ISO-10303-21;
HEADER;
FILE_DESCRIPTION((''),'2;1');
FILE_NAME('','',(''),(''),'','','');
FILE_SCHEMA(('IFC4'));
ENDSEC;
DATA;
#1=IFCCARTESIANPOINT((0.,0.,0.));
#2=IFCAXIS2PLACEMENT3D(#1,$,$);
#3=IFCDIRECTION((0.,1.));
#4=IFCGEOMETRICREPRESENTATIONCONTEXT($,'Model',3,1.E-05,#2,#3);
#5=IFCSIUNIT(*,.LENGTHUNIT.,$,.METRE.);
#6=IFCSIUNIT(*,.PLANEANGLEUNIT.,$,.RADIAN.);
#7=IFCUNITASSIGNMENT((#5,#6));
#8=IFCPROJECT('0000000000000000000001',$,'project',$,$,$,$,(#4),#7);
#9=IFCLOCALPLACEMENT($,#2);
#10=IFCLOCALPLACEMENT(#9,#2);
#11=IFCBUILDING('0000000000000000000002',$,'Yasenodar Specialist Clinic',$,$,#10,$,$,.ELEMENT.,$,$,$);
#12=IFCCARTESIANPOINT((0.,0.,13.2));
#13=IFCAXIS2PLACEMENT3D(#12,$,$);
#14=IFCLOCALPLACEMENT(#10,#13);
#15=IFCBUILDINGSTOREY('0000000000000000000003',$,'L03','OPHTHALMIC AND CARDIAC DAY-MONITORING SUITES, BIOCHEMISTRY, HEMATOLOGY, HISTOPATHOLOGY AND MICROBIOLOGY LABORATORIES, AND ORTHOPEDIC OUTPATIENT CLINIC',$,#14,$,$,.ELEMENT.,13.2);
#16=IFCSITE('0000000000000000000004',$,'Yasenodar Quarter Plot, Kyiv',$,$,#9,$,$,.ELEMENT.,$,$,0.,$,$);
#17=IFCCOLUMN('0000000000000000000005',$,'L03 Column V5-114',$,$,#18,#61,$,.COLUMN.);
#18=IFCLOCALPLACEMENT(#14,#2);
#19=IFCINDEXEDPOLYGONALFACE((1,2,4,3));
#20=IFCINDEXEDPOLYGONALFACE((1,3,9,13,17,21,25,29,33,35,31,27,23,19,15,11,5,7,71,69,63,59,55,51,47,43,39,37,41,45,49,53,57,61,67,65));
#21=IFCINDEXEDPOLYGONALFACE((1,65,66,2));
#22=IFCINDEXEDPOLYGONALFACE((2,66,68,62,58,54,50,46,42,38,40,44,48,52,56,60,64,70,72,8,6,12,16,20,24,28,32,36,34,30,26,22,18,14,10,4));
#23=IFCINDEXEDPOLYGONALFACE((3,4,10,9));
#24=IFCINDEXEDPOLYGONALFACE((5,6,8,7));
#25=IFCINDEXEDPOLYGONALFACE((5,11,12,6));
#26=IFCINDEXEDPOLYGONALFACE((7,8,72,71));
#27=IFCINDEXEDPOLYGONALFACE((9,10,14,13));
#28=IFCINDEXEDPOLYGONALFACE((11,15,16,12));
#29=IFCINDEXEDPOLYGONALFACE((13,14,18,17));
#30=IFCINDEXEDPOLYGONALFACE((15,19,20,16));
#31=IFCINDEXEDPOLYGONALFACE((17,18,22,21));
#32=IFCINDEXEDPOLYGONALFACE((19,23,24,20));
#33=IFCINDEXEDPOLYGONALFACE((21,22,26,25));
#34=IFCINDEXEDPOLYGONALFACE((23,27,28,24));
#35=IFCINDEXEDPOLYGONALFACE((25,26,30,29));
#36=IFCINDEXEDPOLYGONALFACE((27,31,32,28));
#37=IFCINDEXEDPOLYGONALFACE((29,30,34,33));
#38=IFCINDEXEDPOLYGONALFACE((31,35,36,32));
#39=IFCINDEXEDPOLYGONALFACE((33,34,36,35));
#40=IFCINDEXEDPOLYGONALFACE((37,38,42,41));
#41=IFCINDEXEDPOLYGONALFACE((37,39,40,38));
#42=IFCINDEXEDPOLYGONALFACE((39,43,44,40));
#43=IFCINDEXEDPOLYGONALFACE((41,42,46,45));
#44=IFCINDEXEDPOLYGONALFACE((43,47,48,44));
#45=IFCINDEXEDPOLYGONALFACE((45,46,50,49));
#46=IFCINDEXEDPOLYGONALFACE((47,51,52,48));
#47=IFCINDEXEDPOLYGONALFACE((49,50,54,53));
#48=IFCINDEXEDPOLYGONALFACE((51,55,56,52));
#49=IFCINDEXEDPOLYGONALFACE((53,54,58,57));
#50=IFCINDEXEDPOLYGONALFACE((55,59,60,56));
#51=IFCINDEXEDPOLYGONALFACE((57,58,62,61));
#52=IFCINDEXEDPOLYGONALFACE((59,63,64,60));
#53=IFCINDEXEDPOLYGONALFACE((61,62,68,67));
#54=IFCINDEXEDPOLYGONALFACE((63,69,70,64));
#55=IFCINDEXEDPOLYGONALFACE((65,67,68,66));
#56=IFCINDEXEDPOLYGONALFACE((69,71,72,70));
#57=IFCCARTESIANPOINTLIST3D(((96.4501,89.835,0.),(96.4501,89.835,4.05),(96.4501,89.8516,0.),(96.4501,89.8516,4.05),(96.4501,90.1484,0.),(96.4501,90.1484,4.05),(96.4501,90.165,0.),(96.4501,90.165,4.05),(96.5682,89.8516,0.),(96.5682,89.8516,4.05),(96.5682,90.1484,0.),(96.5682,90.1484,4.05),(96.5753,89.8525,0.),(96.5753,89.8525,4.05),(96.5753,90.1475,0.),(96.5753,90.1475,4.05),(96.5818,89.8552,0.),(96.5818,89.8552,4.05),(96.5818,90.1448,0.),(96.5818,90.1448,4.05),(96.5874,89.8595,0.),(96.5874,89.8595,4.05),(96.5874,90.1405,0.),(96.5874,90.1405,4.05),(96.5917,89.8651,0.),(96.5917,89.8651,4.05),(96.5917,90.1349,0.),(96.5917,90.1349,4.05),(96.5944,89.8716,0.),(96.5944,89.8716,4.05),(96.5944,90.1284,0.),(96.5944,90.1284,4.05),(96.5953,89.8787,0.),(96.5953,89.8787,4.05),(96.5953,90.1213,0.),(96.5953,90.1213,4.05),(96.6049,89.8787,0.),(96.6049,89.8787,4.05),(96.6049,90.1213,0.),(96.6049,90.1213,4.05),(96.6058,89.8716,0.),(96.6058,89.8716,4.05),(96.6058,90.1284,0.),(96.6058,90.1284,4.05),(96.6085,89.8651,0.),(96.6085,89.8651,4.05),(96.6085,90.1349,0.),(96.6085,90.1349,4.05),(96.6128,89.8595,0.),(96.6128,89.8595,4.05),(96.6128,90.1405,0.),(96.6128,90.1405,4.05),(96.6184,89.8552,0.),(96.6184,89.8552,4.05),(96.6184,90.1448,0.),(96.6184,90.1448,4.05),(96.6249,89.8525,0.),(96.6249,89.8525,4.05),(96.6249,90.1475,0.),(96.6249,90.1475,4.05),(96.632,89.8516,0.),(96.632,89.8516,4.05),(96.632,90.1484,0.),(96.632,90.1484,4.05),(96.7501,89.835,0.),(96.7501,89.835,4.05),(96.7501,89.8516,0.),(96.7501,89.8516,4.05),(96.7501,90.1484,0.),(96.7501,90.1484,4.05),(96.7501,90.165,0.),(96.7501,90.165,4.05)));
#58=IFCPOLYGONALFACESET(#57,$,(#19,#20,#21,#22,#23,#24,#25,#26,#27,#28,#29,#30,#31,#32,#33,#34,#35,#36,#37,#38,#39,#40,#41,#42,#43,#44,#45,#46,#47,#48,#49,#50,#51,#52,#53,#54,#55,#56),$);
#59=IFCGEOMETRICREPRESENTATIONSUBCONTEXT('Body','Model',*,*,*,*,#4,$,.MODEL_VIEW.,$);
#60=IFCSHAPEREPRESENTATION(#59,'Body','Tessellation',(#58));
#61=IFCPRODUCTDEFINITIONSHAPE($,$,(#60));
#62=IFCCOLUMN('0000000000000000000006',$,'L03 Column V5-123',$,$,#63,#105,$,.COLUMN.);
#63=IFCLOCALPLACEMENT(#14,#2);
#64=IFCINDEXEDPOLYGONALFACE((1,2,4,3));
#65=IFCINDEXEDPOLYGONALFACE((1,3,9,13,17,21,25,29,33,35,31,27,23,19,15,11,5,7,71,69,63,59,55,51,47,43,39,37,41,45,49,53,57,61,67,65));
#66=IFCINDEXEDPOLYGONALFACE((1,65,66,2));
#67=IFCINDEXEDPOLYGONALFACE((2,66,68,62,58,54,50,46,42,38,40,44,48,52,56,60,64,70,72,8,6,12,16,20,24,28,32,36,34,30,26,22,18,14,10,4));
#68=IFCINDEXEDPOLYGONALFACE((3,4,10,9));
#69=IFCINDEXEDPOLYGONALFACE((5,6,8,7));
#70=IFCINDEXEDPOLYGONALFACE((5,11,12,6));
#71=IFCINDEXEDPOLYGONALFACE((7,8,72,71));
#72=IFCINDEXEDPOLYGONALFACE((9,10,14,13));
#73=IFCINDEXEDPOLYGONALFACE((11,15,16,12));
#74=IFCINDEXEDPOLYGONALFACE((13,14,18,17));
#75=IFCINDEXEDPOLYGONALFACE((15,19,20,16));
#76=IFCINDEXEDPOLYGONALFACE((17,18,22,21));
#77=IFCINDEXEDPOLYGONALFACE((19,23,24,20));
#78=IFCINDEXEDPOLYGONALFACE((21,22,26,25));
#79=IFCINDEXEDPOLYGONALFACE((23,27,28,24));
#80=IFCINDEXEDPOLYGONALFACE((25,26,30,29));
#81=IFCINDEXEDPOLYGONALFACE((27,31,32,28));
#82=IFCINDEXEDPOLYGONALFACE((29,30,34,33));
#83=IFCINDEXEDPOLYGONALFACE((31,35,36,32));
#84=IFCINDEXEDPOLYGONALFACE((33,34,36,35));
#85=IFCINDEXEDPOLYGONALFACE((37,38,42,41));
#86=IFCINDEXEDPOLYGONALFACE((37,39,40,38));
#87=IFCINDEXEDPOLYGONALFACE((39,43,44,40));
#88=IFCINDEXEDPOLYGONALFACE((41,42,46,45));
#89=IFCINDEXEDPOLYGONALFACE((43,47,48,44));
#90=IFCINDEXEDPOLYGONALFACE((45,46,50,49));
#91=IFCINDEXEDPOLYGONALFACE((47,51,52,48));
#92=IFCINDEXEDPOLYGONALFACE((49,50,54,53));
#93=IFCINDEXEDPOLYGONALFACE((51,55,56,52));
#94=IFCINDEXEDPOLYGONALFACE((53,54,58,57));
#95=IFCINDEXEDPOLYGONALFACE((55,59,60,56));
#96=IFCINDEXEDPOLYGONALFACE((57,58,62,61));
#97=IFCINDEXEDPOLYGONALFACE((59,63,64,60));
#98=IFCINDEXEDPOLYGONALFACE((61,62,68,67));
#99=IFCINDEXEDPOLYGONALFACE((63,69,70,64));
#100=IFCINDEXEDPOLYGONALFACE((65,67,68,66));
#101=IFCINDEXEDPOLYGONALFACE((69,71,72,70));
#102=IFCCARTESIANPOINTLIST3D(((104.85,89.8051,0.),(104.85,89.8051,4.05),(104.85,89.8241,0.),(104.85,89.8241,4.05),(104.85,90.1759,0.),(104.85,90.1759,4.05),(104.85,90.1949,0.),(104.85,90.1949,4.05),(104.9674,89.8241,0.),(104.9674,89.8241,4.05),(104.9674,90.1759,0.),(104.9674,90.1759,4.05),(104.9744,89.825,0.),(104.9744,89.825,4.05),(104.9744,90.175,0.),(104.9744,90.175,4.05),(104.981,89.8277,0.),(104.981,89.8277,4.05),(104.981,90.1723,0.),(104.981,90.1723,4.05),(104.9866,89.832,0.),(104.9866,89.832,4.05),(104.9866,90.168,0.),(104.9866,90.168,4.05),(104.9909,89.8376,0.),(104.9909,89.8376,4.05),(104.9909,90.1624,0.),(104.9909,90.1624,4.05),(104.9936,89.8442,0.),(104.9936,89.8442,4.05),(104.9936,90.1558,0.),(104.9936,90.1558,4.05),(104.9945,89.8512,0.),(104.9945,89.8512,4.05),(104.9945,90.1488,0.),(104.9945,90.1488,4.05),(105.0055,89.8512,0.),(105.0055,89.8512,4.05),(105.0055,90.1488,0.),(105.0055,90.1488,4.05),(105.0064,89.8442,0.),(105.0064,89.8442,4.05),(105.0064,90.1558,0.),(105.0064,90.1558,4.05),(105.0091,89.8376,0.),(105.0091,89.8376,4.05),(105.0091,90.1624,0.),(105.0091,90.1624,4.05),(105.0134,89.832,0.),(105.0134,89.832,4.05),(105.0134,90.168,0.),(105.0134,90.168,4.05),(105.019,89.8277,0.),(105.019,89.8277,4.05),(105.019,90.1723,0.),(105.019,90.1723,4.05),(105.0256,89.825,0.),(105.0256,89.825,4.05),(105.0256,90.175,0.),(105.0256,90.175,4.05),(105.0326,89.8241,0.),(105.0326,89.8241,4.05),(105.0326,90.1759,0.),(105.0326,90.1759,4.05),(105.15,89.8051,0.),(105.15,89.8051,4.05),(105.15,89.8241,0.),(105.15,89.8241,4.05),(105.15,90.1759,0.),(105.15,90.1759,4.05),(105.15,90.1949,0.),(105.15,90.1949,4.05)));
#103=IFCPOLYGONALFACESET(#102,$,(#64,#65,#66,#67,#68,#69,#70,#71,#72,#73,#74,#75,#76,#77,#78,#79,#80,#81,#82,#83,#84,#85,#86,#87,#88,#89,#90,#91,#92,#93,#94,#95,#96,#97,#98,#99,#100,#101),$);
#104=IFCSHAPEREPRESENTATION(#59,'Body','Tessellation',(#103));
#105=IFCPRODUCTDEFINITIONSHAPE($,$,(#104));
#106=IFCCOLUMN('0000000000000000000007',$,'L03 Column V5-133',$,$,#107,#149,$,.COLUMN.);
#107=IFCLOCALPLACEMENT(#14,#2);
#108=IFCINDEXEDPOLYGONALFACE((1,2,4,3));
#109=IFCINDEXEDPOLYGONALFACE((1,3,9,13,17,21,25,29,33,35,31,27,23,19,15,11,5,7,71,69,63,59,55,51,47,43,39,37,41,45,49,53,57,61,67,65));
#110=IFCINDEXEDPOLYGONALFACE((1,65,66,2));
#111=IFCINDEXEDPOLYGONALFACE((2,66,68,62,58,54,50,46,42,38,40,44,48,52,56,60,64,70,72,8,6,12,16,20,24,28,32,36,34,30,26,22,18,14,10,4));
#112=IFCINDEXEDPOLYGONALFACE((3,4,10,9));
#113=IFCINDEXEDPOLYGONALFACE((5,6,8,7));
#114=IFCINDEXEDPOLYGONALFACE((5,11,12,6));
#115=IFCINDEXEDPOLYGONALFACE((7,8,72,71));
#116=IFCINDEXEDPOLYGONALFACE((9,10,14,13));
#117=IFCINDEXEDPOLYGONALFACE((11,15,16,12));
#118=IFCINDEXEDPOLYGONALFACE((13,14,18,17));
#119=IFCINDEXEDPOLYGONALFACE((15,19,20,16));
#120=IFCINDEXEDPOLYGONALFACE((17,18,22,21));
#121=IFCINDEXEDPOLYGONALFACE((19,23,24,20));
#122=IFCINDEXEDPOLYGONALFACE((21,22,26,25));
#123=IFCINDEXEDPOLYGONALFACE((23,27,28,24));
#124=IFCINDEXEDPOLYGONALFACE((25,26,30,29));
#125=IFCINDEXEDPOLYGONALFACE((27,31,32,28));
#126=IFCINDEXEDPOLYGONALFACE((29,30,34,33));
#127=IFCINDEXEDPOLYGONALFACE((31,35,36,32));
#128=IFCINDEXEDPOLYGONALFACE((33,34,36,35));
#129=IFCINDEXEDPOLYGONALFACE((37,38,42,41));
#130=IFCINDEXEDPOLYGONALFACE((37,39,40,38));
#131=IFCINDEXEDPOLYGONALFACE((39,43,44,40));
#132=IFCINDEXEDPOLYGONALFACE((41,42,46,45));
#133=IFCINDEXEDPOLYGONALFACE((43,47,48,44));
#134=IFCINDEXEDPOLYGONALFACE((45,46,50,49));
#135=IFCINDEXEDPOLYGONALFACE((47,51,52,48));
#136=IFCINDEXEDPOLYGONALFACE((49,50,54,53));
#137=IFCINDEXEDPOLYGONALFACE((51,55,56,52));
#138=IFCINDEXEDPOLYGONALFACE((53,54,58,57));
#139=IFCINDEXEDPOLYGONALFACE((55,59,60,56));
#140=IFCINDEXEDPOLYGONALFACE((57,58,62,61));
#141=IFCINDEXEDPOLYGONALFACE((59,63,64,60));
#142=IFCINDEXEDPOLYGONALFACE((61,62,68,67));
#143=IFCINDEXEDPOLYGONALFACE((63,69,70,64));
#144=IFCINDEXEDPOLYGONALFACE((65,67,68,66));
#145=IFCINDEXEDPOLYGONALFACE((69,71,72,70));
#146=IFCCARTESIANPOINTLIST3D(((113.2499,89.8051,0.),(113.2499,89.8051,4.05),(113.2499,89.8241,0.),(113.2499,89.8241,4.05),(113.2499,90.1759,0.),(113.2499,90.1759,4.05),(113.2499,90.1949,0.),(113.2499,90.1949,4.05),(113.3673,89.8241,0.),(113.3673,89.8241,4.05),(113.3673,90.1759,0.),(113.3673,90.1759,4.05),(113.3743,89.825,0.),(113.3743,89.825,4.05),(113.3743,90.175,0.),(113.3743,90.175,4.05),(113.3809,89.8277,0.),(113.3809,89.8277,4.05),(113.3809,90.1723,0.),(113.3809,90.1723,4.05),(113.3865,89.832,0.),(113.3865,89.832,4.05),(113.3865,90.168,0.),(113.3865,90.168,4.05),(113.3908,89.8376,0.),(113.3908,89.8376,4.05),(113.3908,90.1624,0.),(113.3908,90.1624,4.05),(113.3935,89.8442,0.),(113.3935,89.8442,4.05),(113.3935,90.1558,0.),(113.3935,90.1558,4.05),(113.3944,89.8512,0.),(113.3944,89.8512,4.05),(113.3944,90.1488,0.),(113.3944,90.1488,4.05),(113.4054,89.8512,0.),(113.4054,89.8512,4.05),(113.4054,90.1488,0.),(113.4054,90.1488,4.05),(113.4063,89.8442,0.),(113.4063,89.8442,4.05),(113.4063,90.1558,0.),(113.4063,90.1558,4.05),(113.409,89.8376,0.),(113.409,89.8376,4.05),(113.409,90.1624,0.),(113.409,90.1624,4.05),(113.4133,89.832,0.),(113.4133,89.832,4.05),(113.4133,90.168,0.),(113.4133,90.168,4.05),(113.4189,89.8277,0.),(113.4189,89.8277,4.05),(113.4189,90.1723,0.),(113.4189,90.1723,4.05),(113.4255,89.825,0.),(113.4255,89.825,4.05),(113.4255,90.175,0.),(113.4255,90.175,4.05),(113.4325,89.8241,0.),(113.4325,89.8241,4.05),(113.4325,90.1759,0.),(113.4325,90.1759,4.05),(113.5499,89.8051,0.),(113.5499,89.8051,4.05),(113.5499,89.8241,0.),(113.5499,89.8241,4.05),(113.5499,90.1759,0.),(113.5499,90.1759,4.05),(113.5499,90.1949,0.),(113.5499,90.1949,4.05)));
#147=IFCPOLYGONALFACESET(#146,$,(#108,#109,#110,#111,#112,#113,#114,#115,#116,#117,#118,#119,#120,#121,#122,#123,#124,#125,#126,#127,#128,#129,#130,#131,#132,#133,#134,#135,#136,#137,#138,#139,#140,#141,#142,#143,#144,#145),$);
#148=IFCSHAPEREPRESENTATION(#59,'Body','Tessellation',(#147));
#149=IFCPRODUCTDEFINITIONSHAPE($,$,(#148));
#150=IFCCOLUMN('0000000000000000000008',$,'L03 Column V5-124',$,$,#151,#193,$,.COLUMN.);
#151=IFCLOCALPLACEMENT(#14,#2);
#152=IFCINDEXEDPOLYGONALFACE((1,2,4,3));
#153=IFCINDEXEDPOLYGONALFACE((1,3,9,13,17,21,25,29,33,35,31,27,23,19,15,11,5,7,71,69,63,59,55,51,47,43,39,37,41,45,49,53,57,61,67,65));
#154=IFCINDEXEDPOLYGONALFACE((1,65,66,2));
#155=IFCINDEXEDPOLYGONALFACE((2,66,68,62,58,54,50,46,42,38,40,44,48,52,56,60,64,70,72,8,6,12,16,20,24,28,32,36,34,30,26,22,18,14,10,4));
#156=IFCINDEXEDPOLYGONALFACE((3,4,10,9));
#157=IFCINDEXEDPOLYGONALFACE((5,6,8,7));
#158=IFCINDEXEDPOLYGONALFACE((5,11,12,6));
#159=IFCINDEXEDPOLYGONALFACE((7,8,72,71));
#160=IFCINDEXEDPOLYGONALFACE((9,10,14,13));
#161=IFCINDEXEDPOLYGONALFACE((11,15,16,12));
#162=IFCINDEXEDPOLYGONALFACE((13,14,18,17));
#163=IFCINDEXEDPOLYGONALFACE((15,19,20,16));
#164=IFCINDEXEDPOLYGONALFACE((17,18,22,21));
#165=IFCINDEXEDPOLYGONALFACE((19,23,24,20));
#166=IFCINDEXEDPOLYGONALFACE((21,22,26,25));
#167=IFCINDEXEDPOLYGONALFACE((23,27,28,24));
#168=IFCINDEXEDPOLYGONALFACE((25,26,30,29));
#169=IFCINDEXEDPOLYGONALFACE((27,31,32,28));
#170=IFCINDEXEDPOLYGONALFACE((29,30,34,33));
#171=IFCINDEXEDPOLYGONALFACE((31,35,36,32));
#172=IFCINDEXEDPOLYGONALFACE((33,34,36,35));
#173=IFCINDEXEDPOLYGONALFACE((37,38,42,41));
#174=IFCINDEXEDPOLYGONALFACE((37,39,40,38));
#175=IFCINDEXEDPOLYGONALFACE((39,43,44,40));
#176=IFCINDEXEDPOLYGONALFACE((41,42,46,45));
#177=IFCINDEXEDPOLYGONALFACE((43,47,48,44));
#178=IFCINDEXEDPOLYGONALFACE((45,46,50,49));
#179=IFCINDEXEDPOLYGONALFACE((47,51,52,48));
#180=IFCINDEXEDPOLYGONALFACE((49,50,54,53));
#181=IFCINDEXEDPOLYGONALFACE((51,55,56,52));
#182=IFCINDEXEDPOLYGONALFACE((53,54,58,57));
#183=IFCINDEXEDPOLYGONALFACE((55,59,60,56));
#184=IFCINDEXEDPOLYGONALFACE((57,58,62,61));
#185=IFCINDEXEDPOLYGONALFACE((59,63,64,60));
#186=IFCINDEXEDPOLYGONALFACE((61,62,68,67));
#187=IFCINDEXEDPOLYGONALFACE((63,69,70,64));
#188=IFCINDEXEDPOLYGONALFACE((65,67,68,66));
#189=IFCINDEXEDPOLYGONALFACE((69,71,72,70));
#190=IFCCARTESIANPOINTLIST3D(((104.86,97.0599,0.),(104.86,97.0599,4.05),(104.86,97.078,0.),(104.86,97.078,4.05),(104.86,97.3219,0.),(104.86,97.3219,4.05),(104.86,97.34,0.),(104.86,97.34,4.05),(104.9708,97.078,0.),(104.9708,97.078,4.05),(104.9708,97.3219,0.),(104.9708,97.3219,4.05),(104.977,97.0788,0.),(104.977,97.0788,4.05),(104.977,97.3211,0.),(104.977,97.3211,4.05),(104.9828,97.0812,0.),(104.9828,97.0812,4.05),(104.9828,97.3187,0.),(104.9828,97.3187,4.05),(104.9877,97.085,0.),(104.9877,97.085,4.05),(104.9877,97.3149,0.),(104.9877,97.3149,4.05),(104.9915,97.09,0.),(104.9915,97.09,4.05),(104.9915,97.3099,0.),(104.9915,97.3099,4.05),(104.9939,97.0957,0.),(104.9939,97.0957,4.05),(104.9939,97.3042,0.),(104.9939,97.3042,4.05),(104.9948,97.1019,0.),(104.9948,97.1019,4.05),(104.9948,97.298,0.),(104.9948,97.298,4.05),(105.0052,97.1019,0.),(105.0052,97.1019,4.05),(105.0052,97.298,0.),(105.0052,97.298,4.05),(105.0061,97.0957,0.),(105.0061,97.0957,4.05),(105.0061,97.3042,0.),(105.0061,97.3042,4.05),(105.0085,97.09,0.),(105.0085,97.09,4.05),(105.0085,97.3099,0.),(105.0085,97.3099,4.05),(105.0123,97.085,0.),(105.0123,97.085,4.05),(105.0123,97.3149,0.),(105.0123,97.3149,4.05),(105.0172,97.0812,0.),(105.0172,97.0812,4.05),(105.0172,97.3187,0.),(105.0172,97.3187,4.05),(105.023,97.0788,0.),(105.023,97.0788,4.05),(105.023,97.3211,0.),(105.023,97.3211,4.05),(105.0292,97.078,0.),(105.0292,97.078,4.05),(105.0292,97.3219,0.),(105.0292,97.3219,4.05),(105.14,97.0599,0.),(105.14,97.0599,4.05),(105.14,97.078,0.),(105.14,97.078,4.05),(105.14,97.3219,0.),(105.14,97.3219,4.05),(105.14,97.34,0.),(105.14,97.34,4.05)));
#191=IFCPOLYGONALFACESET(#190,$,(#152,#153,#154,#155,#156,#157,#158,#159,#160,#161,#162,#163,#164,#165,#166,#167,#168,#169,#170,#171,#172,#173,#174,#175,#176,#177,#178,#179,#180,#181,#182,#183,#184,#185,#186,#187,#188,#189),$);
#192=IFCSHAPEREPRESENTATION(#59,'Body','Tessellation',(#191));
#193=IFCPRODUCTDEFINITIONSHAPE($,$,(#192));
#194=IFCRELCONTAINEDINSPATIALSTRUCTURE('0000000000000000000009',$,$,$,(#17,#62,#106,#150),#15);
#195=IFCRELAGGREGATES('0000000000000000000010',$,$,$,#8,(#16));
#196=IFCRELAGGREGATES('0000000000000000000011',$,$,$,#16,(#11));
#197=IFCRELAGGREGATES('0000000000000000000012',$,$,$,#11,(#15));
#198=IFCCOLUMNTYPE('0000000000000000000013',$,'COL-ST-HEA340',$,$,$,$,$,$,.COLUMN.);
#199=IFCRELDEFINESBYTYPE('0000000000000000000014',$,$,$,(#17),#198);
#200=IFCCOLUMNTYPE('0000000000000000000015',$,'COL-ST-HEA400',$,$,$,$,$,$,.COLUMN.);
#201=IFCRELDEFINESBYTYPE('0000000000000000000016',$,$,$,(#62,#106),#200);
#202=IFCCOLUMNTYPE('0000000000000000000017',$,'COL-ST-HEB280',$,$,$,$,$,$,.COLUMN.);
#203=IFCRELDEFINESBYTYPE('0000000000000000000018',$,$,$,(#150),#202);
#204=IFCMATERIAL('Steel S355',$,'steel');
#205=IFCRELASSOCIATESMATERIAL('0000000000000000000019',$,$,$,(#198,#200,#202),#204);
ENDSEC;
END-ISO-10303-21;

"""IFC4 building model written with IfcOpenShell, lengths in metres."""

from ifc_helpers import new_model, si_unit, direction, frame, origin, origin_2d, place, context, subcontext, project, spatial, i_section, extrude, material, material_profile, profile_set, type_object, element, save


model = new_model("IFC4")

# Units and contexts
model_context = context("Model", 3, precision=1e-05, world=origin(), true_north=direction((0.0, 1.0)))
body_context = subcontext(model_context, "Body", "Model", "MODEL_VIEW")
ifc_project = project(units=[si_unit("LENGTHUNIT", "METRE"), si_unit("PLANEANGLEUNIT", "RADIAN")], contexts=[model_context])

# Site, building, storey
site_placement = place(None, origin())
site = spatial("IfcSite", under=ifc_project, at=site_placement, Name="Yasenodar Quarter Plot, Kyiv", CompositionType="ELEMENT", RefElevation=0.0)
building_placement = place(site_placement, origin())
building = spatial("IfcBuilding", under=site, at=building_placement, Name="Yasenodar Specialist Clinic", CompositionType="ELEMENT")
storey_placement = place(building_placement, frame((0.0, 0.0, 13.2)))
storey = spatial("IfcBuildingStorey", under=building, at=storey_placement, Name="L03", Description="OPHTHALMIC AND CARDIAC DAY-MONITORING SUITES, BIOCHEMISTRY, HEMATOLOGY, HISTOPATHOLOGY AND MICROBIOLOGY LABORATORIES, AND ORTHOPEDIC OUTPATIENT CLINIC", CompositionType="ELEMENT", Elevation=13.2)

# Columns
ifc_material_1 = material(Name="Steel S355", Category="steel")
ifc_material_profile_1 = material_profile(ifc_material_1, i_section(OverallWidth=0.3, OverallDepth=0.3301, WebThickness=0.0095, FlangeThickness=0.0166, FilletRadius=0.0271, at=origin_2d()), Name="HEA 340")
ifc_profile_set_1 = profile_set([ifc_material_profile_1], Name="Steel S355")
column_type_1 = type_object("IfcColumnType", Name="COL-ST-HEA340", PredefinedType="COLUMN", material=ifc_profile_set_1)
column_placement = place(storey_placement, frame((96.6001, 90.0, 0.0), z_axis=(0.0, 0.0, 1.0), x_axis=(1.0, 0.0, 0.0)))
element("IfcColumn", 1, at=column_placement, inside=storey, type_object=column_type_1, Name="L03 Column V5-114", PredefinedType="COLUMN", context=body_context, shape_type="SweptSolid", body=[
    extrude(i_section(OverallWidth=0.3, OverallDepth=0.3301, WebThickness=0.0095, FlangeThickness=0.0166, FilletRadius=0.0271, at=origin_2d()), origin(), (0.0, 0.0, 1.0), 4.05),
])
ifc_material_profile_2 = material_profile(ifc_material_1, i_section(OverallWidth=0.3, OverallDepth=0.3899, WebThickness=0.011, FlangeThickness=0.019, FilletRadius=0.0271, at=origin_2d()), Name="HEA 400")
ifc_profile_set_2 = profile_set([ifc_material_profile_2], Name="Steel S355")
column_type_2 = type_object("IfcColumnType", Name="COL-ST-HEA400", PredefinedType="COLUMN", material=ifc_profile_set_2)
for number, where, z_axis, x_axis, name in (
    (2, (105.0, 90.0, 0.0), (0.0, 0.0, 1.0), (1.0, 0.0, 0.0), "L03 Column V5-123"),
    (3, (113.3999, 90.0, 0.0), (0.0, 0.0, 1.0), (1.0, 0.0, 0.0), "L03 Column V5-133"),
):
    element("IfcColumn", number, at=place(storey_placement, frame(where, z_axis=z_axis, x_axis=x_axis)), inside=storey, type_object=column_type_2, Name=name, PredefinedType="COLUMN", context=body_context, shape_type="SweptSolid", body=[
        extrude(i_section(OverallWidth=0.3, OverallDepth=0.3899, WebThickness=0.011, FlangeThickness=0.019, FilletRadius=0.0271, at=origin_2d()), origin(), (0.0, 0.0, 1.0), 4.05),
    ])
ifc_material_profile_3 = material_profile(ifc_material_1, i_section(OverallWidth=0.28, OverallDepth=0.28, WebThickness=0.0105, FlangeThickness=0.0181, FilletRadius=0.0239, at=origin_2d()), Name="HEB 280")
ifc_profile_set_3 = profile_set([ifc_material_profile_3], Name="Steel S355")
column_type_3 = type_object("IfcColumnType", Name="COL-ST-HEB280", PredefinedType="COLUMN", material=ifc_profile_set_3)
for number, where, z_axis, x_axis, name in (
    (4, (105.0, 97.2, 0.0), (0.0, 0.0, 1.0), (1.0, 0.0, 0.0), "L03 Column V5-124"),
):
    element("IfcColumn", number, at=place(storey_placement, frame(where, z_axis=z_axis, x_axis=x_axis)), inside=storey, type_object=column_type_3, Name=name, PredefinedType="COLUMN", context=body_context, shape_type="SweptSolid", body=[
        extrude(i_section(OverallWidth=0.28, OverallDepth=0.28, WebThickness=0.0105, FlangeThickness=0.0181, FilletRadius=0.0239, at=origin_2d()), origin(), (0.0, 0.0, 1.0), 4.05),
    ])

save(model, "model.ifc")
